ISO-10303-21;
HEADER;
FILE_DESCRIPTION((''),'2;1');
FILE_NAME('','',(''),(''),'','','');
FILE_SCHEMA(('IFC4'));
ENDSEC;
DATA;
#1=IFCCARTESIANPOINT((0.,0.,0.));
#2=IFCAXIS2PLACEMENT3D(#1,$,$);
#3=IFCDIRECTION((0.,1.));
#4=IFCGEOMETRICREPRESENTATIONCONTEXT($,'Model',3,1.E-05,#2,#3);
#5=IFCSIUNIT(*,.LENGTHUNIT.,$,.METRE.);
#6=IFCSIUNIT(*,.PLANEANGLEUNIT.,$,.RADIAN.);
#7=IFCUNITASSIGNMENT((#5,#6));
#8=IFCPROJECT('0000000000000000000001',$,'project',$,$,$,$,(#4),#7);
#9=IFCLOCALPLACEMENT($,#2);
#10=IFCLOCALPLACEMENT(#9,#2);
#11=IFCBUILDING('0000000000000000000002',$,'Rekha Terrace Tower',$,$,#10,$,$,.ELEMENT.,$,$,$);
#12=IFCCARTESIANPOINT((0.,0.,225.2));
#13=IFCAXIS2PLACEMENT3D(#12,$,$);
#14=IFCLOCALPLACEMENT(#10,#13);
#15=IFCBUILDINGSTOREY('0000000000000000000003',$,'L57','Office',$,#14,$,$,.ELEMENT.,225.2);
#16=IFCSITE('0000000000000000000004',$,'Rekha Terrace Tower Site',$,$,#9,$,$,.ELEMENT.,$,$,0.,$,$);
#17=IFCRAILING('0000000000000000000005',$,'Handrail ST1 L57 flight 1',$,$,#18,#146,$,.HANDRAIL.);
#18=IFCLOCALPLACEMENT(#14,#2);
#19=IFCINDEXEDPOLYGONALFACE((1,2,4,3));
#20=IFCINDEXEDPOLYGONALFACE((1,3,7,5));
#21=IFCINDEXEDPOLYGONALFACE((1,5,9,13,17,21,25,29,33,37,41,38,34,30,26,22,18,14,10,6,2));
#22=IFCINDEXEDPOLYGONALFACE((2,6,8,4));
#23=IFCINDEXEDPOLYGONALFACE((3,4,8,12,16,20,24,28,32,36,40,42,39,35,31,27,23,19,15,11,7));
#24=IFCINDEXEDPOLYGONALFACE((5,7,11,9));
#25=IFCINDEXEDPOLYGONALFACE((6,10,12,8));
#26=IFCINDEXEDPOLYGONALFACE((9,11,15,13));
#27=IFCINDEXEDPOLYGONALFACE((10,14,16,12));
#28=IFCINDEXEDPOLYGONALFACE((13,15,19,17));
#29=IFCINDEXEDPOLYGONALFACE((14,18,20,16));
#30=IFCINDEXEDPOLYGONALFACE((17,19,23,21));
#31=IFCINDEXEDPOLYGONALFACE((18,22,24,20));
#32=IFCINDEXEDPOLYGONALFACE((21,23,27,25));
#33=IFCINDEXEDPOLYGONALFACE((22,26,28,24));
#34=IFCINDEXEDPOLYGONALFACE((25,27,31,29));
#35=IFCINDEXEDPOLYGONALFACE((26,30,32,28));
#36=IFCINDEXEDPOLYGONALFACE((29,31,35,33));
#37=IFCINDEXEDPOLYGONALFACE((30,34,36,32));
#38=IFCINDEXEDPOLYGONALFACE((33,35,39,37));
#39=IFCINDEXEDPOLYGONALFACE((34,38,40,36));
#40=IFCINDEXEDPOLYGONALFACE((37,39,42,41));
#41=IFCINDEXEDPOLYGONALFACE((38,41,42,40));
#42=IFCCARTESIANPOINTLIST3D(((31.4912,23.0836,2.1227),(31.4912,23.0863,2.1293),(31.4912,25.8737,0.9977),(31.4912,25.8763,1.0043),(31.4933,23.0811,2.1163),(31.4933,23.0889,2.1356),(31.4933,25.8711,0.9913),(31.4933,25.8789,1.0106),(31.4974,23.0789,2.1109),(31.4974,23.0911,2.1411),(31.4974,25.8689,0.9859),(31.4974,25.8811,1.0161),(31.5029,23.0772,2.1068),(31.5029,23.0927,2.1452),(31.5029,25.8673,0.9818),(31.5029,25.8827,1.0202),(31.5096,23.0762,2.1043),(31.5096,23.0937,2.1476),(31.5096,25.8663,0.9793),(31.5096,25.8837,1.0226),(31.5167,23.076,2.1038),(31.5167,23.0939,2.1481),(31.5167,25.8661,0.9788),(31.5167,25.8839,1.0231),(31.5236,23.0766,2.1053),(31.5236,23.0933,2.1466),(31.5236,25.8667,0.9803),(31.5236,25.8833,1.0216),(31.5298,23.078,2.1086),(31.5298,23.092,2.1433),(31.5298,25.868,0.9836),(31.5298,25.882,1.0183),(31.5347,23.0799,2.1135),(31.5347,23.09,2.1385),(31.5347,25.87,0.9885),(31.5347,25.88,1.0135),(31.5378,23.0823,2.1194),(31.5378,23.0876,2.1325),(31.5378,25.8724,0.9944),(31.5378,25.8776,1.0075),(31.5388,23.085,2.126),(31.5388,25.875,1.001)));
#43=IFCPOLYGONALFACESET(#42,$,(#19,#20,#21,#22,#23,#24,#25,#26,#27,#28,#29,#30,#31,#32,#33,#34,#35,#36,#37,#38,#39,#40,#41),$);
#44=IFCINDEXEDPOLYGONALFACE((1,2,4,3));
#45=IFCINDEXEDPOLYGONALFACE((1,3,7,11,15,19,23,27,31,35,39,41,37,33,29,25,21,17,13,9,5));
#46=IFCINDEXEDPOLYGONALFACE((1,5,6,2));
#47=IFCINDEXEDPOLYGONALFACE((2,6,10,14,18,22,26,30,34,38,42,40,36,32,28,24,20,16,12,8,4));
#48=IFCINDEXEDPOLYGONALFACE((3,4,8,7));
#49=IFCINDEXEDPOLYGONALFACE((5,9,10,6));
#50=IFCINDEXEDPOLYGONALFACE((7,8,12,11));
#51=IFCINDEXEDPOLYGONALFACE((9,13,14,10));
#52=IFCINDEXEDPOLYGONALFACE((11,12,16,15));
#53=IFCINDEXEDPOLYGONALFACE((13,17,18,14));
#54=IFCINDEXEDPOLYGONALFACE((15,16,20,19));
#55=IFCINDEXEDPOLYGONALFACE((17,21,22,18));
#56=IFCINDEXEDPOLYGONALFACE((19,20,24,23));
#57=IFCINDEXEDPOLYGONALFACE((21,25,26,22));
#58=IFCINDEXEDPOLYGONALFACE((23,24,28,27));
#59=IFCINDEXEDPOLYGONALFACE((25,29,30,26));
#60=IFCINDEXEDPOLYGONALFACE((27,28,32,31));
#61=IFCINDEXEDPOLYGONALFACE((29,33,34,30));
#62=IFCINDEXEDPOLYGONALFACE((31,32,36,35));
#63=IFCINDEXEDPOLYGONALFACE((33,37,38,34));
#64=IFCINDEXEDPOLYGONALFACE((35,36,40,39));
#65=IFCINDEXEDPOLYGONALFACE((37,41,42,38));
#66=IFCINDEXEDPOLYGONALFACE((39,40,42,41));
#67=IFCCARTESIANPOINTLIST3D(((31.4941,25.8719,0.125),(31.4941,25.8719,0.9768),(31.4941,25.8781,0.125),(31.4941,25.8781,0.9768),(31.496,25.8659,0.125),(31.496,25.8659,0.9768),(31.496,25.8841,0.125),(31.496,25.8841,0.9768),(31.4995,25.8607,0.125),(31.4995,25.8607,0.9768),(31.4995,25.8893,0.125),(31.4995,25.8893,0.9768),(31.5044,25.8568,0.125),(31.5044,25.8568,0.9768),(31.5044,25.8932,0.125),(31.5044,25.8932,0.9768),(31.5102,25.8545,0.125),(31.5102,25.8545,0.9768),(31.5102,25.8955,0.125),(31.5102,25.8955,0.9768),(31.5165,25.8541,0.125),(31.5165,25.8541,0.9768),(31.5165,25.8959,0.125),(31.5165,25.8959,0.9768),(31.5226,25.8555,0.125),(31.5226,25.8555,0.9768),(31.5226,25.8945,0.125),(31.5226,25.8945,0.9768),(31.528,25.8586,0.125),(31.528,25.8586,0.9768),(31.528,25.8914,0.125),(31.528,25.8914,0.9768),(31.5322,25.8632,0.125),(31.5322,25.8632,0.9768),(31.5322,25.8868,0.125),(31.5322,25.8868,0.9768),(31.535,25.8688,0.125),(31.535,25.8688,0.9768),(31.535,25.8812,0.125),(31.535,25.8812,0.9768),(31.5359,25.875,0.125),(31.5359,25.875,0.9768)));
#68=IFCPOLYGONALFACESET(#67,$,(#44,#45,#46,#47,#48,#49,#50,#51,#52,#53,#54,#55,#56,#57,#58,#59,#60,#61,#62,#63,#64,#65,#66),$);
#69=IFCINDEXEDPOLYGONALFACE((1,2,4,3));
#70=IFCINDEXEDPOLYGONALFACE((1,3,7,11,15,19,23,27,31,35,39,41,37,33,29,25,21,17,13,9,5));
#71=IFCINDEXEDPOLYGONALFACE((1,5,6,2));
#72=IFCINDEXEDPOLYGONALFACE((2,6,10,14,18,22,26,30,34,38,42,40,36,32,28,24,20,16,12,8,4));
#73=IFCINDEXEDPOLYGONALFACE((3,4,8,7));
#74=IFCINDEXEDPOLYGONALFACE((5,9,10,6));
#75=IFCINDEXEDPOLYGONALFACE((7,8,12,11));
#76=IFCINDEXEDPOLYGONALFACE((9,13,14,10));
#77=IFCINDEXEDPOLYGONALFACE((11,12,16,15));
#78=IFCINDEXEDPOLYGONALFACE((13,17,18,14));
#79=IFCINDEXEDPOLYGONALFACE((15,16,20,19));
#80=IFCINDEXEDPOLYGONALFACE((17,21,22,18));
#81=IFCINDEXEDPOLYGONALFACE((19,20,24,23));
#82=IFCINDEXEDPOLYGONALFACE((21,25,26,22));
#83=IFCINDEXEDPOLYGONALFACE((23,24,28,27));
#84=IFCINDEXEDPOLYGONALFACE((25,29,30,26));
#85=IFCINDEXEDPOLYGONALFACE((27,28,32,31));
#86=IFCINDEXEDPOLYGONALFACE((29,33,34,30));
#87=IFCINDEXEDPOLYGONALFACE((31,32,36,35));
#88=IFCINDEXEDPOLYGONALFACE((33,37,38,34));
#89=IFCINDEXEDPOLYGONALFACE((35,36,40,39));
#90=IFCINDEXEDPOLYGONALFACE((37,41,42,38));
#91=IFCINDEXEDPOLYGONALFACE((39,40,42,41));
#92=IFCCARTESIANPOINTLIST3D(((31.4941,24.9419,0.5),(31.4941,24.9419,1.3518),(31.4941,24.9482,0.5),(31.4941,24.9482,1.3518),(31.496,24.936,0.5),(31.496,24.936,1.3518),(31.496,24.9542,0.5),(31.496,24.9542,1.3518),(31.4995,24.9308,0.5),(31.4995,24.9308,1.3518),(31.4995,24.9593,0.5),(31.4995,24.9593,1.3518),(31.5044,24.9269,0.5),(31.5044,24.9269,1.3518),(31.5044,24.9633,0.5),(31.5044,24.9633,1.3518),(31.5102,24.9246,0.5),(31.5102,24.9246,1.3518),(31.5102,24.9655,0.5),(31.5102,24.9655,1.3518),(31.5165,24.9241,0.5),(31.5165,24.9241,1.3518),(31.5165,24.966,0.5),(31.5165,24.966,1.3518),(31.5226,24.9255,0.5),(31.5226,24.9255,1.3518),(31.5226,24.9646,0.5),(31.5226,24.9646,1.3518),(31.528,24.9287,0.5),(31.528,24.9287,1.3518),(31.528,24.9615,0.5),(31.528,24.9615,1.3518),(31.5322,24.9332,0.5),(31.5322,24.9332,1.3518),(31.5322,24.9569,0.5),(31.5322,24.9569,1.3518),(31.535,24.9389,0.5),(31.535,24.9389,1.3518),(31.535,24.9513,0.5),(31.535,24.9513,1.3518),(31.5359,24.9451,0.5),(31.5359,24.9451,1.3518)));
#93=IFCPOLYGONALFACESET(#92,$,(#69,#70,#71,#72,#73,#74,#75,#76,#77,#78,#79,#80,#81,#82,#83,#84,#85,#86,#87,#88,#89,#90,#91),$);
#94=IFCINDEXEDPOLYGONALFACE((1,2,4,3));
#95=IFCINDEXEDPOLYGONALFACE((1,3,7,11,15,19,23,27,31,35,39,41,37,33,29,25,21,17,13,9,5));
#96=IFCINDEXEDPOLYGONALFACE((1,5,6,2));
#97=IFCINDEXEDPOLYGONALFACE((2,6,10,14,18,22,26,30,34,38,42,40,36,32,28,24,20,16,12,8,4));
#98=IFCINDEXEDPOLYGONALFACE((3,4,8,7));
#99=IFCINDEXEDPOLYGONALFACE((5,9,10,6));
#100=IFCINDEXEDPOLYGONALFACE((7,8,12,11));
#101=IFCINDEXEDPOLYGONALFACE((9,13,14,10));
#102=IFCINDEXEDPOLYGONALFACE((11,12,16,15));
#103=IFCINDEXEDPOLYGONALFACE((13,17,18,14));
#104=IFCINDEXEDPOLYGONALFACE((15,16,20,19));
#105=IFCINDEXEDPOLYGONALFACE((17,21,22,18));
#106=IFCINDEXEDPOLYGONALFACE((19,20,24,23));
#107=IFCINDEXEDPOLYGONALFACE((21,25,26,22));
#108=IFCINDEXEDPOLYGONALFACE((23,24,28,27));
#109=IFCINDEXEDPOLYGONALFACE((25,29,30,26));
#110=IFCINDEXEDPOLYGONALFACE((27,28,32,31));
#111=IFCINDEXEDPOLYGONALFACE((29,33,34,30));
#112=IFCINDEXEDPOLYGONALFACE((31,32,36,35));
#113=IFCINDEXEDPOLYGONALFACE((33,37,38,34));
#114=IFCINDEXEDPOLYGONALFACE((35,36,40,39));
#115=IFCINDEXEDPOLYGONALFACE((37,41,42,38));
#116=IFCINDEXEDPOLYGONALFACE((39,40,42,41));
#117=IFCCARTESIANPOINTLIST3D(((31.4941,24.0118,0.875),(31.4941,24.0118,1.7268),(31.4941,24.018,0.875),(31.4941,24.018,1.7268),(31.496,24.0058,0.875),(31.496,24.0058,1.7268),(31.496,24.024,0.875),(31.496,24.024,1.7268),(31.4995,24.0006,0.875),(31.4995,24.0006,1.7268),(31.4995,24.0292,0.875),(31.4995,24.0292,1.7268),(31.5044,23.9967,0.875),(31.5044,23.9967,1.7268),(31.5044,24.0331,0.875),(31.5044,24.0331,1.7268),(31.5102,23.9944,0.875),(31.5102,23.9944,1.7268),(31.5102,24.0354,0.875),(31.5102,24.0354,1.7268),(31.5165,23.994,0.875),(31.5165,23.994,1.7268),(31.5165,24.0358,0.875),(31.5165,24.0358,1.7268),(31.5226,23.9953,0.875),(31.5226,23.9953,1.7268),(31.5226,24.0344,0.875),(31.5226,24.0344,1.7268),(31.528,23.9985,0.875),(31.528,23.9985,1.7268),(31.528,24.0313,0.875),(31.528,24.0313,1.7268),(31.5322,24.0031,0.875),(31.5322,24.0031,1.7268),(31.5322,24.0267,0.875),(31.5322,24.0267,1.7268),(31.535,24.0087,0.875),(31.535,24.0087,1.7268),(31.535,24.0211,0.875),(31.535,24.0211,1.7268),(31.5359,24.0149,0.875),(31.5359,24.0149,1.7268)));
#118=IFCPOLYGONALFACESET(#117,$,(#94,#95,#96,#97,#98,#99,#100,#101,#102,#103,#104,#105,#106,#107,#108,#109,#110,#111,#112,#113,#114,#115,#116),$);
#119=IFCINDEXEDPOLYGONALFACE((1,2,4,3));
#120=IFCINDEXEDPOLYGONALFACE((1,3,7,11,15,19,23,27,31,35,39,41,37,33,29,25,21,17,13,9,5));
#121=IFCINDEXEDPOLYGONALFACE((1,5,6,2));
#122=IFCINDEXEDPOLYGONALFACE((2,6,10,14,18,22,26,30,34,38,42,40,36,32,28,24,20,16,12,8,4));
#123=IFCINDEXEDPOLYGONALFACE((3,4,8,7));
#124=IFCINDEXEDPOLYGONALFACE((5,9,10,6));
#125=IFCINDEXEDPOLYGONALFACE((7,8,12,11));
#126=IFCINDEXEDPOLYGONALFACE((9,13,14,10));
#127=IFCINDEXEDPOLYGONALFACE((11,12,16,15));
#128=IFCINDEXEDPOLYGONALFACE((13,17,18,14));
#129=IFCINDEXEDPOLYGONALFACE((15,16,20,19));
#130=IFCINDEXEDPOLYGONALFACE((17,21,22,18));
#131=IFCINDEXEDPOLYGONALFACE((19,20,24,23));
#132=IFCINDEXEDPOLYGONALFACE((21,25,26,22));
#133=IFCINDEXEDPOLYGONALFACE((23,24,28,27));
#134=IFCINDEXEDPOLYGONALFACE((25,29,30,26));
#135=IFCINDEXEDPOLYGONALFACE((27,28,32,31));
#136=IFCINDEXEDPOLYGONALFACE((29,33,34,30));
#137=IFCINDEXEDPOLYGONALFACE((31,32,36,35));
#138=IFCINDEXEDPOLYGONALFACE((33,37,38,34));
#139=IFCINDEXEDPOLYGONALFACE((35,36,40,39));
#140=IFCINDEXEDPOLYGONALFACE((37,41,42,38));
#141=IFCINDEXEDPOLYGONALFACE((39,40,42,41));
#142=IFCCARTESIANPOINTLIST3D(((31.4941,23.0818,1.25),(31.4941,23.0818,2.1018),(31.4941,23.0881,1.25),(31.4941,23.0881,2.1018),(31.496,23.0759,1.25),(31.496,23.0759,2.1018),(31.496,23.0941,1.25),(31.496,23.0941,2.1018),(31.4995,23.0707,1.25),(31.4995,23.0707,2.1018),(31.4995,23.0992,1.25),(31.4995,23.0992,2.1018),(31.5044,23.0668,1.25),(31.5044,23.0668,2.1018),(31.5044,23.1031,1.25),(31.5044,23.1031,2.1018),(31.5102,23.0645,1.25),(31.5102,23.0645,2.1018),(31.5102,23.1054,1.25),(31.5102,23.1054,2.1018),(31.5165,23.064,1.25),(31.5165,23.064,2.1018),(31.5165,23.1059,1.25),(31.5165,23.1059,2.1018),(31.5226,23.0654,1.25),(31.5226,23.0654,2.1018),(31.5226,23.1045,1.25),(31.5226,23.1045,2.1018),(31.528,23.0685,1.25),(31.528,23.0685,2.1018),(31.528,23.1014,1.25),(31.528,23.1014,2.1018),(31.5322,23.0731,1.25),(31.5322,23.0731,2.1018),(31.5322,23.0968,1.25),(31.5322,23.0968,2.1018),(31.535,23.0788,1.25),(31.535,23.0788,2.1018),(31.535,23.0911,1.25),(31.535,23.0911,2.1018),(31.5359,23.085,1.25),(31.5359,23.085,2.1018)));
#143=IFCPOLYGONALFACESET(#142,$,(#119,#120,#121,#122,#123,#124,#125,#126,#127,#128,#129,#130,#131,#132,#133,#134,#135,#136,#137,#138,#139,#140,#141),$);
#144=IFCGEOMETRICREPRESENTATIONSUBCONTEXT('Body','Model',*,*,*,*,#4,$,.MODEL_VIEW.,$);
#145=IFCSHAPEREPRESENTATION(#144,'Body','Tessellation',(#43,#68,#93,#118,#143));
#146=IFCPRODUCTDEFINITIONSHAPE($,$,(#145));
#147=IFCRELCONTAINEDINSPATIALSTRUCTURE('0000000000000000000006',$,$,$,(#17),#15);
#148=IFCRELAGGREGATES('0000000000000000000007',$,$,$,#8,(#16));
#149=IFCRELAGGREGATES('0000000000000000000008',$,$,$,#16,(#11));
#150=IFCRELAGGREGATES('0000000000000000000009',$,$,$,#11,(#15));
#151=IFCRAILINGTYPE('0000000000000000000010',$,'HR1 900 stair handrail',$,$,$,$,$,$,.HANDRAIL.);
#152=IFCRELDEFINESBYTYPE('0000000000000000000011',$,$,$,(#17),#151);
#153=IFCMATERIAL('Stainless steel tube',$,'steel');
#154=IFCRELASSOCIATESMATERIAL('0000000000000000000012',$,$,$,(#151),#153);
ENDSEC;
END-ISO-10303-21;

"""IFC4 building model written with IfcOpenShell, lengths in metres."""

from ifc_helpers import new_model, si_unit, direction, frame, origin, origin_2d, place, context, subcontext, project, spatial, circle, extrude, material, type_object, element, save


model = new_model("IFC4")

# Units and contexts
model_context = context("Model", 3, precision=1e-05, world=origin(), true_north=direction((0.0, 1.0)))
body_context = subcontext(model_context, "Body", "Model", "MODEL_VIEW")
ifc_project = project(units=[si_unit("LENGTHUNIT", "METRE"), si_unit("PLANEANGLEUNIT", "RADIAN")], contexts=[model_context])

# Site, building, storey
site_placement = place(None, origin())
site = spatial("IfcSite", under=ifc_project, at=site_placement, Name="Rekha Terrace Tower Site", CompositionType="ELEMENT", RefElevation=0.0)
building_placement = place(site_placement, origin())
building = spatial("IfcBuilding", under=site, at=building_placement, Name="Rekha Terrace Tower", CompositionType="ELEMENT")
storey_placement = place(building_placement, frame((0.0, 0.0, 225.2)))
storey = spatial("IfcBuildingStorey", under=building, at=storey_placement, Name="L57", Description="Office", CompositionType="ELEMENT", Elevation=225.2)

# Railing
ifc_material_1 = material(Name="Stainless steel tube", Category="steel")
railing_type_1 = type_object("IfcRailingType", Name="HR1 900 stair handrail", PredefinedType="HANDRAIL", material=ifc_material_1)
railing_1_placement = place(storey_placement, frame((31.5149, 25.875, 0.125)))
element("IfcRailing", 1, at=railing_1_placement, inside=storey, type_object=railing_type_1, Name="Handrail ST1 L57 flight 1", PredefinedType="HANDRAIL", context=body_context, shape_type="SweptSolid", body=[
    extrude(circle(Radius=0.0239, at=origin_2d()), frame((0.0, 0.0, 0.876), z_axis=(0.0, -0.927443, 0.373964), x_axis=(1.0, 0.0, 0.0)), (0.0, 0.0, 1.0), 3.0083),
    extrude(circle(Radius=0.021, at=origin_2d()), origin(), (0.0, 0.0, 1.0), 0.8518),
    extrude(circle(Radius=0.021, at=origin_2d()), frame((0.0, -0.9299, 0.375)), (0.0, 0.0, 1.0), 0.8518),
    extrude(circle(Radius=0.021, at=origin_2d()), frame((0.0, -1.8601, 0.75)), (0.0, 0.0, 1.0), 0.8518),
    extrude(circle(Radius=0.021, at=origin_2d()), frame((0.0, -2.79, 1.125)), (0.0, 0.0, 1.0), 0.8518),
])

save(model, "model.ifc")
